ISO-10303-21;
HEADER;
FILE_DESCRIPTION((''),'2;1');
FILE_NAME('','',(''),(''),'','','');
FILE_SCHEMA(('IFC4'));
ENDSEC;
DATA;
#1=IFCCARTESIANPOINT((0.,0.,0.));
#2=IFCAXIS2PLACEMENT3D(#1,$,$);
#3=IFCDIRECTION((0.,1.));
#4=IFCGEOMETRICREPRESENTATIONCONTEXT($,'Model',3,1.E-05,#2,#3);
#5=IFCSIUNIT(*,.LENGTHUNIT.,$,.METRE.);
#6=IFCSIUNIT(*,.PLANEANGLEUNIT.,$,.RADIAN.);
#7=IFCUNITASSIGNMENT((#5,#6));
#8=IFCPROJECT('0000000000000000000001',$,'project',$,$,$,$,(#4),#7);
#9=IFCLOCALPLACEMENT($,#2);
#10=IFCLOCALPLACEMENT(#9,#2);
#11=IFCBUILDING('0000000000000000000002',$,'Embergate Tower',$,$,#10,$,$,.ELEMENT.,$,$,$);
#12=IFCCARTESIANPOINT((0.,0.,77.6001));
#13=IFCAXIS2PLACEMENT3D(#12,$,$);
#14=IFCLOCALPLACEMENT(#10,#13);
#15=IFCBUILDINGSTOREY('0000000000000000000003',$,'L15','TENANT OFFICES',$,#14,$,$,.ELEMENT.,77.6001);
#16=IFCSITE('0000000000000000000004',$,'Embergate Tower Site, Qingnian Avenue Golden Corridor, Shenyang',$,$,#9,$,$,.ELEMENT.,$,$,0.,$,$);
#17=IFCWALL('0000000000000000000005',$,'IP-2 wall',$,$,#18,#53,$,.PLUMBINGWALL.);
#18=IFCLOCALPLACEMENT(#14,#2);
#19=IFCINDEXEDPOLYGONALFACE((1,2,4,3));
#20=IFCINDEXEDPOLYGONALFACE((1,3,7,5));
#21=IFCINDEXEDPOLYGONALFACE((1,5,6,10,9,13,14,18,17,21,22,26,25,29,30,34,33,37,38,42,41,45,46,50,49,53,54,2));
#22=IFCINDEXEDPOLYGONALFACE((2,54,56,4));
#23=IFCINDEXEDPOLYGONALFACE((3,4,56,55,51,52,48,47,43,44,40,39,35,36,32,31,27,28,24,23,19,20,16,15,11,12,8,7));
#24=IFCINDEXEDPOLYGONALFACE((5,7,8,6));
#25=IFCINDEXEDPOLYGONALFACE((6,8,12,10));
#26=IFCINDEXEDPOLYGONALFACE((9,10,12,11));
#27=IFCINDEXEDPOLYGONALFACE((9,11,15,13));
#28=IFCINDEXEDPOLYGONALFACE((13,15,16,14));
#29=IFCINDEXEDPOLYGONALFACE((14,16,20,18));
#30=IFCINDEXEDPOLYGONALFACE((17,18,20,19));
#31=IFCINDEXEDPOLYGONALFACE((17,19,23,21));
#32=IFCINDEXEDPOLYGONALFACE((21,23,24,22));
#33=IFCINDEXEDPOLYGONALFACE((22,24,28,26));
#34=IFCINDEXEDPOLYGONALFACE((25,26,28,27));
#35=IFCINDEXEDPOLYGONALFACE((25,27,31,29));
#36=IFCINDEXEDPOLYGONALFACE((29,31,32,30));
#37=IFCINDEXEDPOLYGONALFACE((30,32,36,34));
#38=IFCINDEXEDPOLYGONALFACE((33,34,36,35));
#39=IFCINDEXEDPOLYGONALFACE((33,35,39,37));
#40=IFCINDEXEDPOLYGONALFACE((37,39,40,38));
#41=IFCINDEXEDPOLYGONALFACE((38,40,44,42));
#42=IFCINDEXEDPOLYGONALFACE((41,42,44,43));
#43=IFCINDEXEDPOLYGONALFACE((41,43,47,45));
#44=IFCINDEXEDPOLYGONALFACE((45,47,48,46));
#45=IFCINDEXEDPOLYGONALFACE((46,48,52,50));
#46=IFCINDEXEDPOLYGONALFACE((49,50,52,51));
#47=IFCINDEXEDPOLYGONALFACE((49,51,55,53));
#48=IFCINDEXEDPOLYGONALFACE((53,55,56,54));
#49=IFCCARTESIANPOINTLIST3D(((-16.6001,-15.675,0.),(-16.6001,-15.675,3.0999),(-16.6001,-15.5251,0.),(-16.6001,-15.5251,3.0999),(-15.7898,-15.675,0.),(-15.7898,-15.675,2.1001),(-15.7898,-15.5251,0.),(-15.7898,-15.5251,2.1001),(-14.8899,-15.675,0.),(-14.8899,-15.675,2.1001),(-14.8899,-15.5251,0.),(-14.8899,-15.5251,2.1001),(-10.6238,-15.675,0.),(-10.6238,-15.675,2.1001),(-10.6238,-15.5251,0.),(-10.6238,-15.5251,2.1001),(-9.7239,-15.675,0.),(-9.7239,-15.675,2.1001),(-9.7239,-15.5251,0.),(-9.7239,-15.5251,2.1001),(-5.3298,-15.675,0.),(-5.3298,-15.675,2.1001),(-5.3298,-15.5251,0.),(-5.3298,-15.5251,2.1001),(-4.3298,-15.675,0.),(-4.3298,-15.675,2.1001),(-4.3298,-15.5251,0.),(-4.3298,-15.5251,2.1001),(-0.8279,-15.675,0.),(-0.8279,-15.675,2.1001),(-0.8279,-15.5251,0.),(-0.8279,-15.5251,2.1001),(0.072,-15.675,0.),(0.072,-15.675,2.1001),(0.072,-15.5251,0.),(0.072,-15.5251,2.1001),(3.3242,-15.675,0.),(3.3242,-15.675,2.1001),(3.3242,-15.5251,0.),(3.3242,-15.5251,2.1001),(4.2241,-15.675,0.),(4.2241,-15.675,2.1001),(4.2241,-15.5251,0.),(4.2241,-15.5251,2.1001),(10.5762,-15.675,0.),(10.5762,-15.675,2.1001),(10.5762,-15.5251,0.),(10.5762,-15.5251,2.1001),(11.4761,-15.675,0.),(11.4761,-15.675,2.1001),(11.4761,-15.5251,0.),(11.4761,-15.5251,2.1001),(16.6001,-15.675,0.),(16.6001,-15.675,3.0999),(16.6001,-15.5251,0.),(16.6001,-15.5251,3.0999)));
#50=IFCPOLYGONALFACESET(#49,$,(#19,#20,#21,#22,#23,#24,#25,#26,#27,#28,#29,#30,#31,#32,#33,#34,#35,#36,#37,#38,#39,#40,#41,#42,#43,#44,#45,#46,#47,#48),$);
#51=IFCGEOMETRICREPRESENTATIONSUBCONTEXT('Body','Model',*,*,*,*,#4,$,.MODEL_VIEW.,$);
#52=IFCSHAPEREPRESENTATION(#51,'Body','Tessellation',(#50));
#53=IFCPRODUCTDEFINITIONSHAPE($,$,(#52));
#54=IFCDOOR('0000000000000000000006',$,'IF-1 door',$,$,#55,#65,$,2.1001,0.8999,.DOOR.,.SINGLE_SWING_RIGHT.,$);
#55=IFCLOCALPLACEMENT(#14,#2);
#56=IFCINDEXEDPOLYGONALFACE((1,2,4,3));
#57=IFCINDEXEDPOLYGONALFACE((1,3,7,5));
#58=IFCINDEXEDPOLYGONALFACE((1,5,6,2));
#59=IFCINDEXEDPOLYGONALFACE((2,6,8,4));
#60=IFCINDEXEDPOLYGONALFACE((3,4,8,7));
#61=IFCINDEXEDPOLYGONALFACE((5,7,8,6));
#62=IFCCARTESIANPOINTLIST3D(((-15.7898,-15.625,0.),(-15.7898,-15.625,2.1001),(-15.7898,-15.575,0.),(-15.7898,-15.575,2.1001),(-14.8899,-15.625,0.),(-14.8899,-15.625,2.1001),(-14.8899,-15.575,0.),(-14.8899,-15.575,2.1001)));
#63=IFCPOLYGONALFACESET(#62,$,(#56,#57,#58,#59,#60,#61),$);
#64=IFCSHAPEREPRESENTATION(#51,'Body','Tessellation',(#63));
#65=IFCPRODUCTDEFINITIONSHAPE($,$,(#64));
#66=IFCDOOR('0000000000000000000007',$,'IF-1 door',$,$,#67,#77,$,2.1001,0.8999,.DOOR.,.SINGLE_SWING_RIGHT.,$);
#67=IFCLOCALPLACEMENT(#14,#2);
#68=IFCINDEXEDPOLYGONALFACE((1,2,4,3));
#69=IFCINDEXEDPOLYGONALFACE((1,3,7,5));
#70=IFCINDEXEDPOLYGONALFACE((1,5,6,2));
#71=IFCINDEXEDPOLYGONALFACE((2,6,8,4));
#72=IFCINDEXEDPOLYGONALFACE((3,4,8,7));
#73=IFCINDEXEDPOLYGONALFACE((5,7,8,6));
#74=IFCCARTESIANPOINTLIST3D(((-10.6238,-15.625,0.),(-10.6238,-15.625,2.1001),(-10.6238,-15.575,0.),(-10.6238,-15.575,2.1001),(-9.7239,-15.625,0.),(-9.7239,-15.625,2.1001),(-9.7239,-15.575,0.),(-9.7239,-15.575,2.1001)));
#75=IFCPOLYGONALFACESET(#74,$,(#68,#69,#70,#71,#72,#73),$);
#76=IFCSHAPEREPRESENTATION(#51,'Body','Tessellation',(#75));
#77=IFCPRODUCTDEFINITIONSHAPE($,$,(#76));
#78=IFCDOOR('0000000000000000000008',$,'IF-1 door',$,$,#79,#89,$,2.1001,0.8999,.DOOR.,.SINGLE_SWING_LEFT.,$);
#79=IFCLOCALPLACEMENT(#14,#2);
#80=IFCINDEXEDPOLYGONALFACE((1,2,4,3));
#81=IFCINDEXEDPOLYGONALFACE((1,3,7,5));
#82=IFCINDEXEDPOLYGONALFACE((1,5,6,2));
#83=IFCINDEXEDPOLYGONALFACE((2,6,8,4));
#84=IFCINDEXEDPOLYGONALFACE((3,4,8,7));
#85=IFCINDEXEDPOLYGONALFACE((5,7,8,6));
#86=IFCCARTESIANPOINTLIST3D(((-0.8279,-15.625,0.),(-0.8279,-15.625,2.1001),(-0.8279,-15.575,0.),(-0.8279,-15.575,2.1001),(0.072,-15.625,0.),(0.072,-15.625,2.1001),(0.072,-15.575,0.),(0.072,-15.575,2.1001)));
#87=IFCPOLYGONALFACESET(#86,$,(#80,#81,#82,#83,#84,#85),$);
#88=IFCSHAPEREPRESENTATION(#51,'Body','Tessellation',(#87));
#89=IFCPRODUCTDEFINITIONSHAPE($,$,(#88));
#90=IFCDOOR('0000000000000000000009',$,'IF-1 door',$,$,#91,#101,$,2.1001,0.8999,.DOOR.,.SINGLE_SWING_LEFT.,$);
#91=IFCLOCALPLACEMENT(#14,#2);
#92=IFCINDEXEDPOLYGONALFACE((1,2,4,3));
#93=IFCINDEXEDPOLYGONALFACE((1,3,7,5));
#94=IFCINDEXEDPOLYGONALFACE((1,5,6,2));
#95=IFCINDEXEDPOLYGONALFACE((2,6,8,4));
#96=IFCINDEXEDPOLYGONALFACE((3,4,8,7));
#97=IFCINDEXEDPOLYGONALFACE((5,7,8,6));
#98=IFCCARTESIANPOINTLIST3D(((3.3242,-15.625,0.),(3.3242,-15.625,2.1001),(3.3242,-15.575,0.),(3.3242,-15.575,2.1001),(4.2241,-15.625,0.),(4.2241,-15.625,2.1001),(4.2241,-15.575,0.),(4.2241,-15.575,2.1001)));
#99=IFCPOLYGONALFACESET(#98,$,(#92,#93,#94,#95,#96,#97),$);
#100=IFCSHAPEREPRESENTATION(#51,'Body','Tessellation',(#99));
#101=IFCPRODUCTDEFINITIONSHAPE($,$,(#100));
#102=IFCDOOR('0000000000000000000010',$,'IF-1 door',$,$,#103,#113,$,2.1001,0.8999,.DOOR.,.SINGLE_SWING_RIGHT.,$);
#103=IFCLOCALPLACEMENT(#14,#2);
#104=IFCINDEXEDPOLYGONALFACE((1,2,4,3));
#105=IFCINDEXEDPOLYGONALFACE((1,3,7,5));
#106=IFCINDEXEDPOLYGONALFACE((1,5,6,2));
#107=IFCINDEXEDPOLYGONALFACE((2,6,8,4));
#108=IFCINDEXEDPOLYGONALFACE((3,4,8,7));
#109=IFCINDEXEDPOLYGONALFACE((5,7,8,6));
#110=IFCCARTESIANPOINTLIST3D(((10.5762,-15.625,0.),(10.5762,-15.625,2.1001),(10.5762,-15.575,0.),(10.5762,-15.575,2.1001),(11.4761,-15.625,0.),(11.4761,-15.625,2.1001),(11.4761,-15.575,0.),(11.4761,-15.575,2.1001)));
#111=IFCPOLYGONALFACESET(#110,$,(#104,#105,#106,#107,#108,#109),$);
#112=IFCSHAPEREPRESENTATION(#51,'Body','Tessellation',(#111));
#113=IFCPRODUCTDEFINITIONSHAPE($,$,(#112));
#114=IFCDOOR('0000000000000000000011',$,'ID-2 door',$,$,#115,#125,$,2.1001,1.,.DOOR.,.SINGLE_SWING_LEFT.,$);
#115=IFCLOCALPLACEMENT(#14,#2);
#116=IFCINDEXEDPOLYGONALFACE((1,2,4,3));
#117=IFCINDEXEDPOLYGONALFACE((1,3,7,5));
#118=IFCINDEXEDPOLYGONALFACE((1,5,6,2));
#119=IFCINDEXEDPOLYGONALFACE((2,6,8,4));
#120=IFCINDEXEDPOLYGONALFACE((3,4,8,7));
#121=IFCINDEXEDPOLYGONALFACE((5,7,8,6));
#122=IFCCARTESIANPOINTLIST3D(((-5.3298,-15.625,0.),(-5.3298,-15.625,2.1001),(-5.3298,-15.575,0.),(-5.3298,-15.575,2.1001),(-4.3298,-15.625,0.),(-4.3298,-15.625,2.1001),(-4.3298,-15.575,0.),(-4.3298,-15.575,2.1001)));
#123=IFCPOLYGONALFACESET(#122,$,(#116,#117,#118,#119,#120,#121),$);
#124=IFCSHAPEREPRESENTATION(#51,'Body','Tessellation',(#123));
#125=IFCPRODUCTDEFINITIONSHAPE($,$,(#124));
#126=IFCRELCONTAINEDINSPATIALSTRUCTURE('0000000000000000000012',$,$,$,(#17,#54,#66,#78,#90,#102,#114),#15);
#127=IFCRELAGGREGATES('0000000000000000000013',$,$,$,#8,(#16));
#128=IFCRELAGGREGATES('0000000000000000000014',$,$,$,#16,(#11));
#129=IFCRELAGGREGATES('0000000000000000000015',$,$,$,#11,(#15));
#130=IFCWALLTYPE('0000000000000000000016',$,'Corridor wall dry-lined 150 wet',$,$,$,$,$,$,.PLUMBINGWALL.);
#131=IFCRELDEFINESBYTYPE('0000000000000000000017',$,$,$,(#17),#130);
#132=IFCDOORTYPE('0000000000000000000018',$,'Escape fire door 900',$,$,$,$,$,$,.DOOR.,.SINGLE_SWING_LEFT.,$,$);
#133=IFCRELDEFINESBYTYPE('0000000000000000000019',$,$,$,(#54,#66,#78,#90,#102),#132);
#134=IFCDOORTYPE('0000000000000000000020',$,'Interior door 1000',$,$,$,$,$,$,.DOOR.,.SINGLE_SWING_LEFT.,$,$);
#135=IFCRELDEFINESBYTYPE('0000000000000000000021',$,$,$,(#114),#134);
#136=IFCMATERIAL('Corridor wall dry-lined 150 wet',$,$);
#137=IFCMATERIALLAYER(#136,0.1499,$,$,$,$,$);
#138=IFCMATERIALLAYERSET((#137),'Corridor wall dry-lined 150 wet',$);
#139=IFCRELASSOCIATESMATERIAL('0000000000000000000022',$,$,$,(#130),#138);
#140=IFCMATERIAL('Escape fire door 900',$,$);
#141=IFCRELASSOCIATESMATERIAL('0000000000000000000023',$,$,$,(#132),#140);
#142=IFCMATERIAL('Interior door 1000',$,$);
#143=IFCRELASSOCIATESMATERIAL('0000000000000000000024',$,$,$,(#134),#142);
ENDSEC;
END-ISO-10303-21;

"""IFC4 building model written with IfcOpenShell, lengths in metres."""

from ifc_helpers import new_model, si_unit, direction, frame, frame_2d, origin, place, context, subcontext, project, spatial, rectangle, extrude, source, transform, mapped, material, layer, layer_set, type_object, element, fill, save


model = new_model("IFC4")

# Units and contexts
model_context = context("Model", 3, precision=1e-05, world=origin(), true_north=direction((0.0, 1.0)))
body_context = subcontext(model_context, "Body", "Model", "MODEL_VIEW")
ifc_project = project(units=[si_unit("LENGTHUNIT", "METRE"), si_unit("PLANEANGLEUNIT", "RADIAN")], contexts=[model_context])

# Site, building, storey
site_placement = place(None, origin())
site = spatial("IfcSite", under=ifc_project, at=site_placement, Name="Embergate Tower Site, Qingnian Avenue Golden Corridor, Shenyang", CompositionType="ELEMENT", RefElevation=0.0)
building_placement = place(site_placement, origin())
building = spatial("IfcBuilding", under=site, at=building_placement, Name="Embergate Tower", CompositionType="ELEMENT")
storey_placement = place(building_placement, frame((0.0, 0.0, 77.6001)))
storey = spatial("IfcBuildingStorey", under=building, at=storey_placement, Name="L15", Description="TENANT OFFICES", CompositionType="ELEMENT", Elevation=77.6001)

# Wall, openings, doors
ifc_material_1 = material(Name="Corridor wall dry-lined 150 wet")
ifc_layer_1 = layer(ifc_material_1, 0.1499)
ifc_layer_set_1 = layer_set([ifc_layer_1], Name="Corridor wall dry-lined 150 wet")
wall_type_1 = type_object("IfcWallType", Name="Corridor wall dry-lined 150 wet", PredefinedType="PLUMBINGWALL", material=ifc_layer_set_1)
shared_shape_1 = source(origin(), body_context, "Body", "SweptSolid", [
    extrude(rectangle(XDim=33.2002, YDim=0.1499, at=frame_2d((16.6001, 0.0))), origin(), (0.0, 0.0, 1.0), 3.0999),
])
wall_1_placement = place(storey_placement, frame((16.6001, -15.6001, 0.0), z_axis=(0.0, 0.0, 1.0), x_axis=(-1.0, 0.0, 0.0)))
wall_1 = element("IfcWall", 1, at=wall_1_placement, inside=storey, type_object=wall_type_1, Name="IP-2 wall", PredefinedType="PLUMBINGWALL", context=body_context, shape_type="MappedRepresentation", body=[
    mapped(shared_shape_1, transform((0.0, 0.0, 0.0))),
])
shared_shape_2 = source(origin(), body_context, "Body", "SweptSolid", [
    extrude(rectangle(XDim=0.8999, YDim=2.1001, at=frame_2d((0.45, 1.05))), frame((0.0, 0.085, 0.0), z_axis=(0.0, -1.0, 0.0), x_axis=(1.0, 0.0, 0.0)), (0.0, 0.0, 1.0), 0.1699),
])
opening_1_placement = place(wall_1_placement, frame((31.49, 0.0, 0.0)))
opening_1 = element("IfcOpeningElement", 2, at=opening_1_placement, cuts=wall_1, PredefinedType="OPENING", context=body_context, shape_type="MappedRepresentation", body=[
    mapped(shared_shape_2, transform((0.0, 0.0, 0.0))),
])
opening_2_placement = place(wall_1_placement, frame((26.324, 0.0, 0.0)))
opening_2 = element("IfcOpeningElement", 3, at=opening_2_placement, cuts=wall_1, PredefinedType="OPENING", context=body_context, shape_type="MappedRepresentation", body=[
    mapped(shared_shape_2, transform((0.0, 0.0, 0.0))),
])
shared_shape_3 = source(origin(), body_context, "Body", "SweptSolid", [
    extrude(rectangle(XDim=1.0, YDim=2.1001, at=frame_2d((0.5, 1.05))), frame((0.0, 0.085, 0.0), z_axis=(0.0, -1.0, 0.0), x_axis=(1.0, 0.0, 0.0)), (0.0, 0.0, 1.0), 0.1699),
])
opening_3_placement = place(wall_1_placement, frame((20.9299, 0.0, 0.0)))
opening_3 = element("IfcOpeningElement", 4, at=opening_3_placement, cuts=wall_1, PredefinedType="OPENING", context=body_context, shape_type="MappedRepresentation", body=[
    mapped(shared_shape_3, transform((0.0, 0.0, 0.0))),
])
opening_4_placement = place(wall_1_placement, frame((16.5281, 0.0, 0.0)))
opening_4 = element("IfcOpeningElement", 5, at=opening_4_placement, cuts=wall_1, PredefinedType="OPENING", context=body_context, shape_type="MappedRepresentation", body=[
    mapped(shared_shape_2, transform((0.0, 0.0, 0.0))),
])
opening_5_placement = place(wall_1_placement, frame((12.376, 0.0, 0.0)))
opening_5 = element("IfcOpeningElement", 6, at=opening_5_placement, cuts=wall_1, PredefinedType="OPENING", context=body_context, shape_type="MappedRepresentation", body=[
    mapped(shared_shape_2, transform((0.0, 0.0, 0.0))),
])
opening_6_placement = place(wall_1_placement, frame((5.124, 0.0, 0.0)))
opening_6 = element("IfcOpeningElement", 7, at=opening_6_placement, cuts=wall_1, PredefinedType="OPENING", context=body_context, shape_type="MappedRepresentation", body=[
    mapped(shared_shape_2, transform((0.0, 0.0, 0.0))),
])
ifc_material_2 = material(Name="Escape fire door 900")
door_type_1 = type_object("IfcDoorType", Name="Escape fire door 900", OperationType="SINGLE_SWING_LEFT", PredefinedType="DOOR", material=ifc_material_2)
shared_shape_4 = source(origin(), body_context, "Body", "SweptSolid", [
    extrude(rectangle(XDim=0.8999, YDim=2.1001, at=frame_2d((0.45, 1.05))), frame((0.0, 0.0249, 0.0), z_axis=(0.0, -1.0, 0.0), x_axis=(1.0, 0.0, 0.0)), (0.0, 0.0, 1.0), 0.05),
])
door_1_placement = place(opening_1_placement, origin())
door_1 = element("IfcDoor", 8, at=door_1_placement, inside=storey, type_object=door_type_1, Name="IF-1 door", OperationType="SINGLE_SWING_RIGHT", OverallHeight=2.1001, OverallWidth=0.8999, PredefinedType="DOOR", context=body_context, shape_type="MappedRepresentation", body=[
    mapped(shared_shape_4, transform((0.0, 0.0, 0.0))),
])
fill(opening_1, door_1)
door_2_placement = place(opening_2_placement, origin())
door_2 = element("IfcDoor", 9, at=door_2_placement, inside=storey, type_object=door_type_1, Name="IF-1 door", OperationType="SINGLE_SWING_RIGHT", OverallHeight=2.1001, OverallWidth=0.8999, PredefinedType="DOOR", context=body_context, shape_type="MappedRepresentation", body=[
    mapped(shared_shape_4, transform((0.0, 0.0, 0.0))),
])
fill(opening_2, door_2)
door_3_placement = place(opening_4_placement, origin())
door_3 = element("IfcDoor", 10, at=door_3_placement, inside=storey, type_object=door_type_1, Name="IF-1 door", OperationType="SINGLE_SWING_LEFT", OverallHeight=2.1001, OverallWidth=0.8999, PredefinedType="DOOR", context=body_context, shape_type="MappedRepresentation", body=[
    mapped(shared_shape_4, transform((0.0, 0.0, 0.0))),
])
fill(opening_4, door_3)
door_4_placement = place(opening_5_placement, origin())
door_4 = element("IfcDoor", 11, at=door_4_placement, inside=storey, type_object=door_type_1, Name="IF-1 door", OperationType="SINGLE_SWING_LEFT", OverallHeight=2.1001, OverallWidth=0.8999, PredefinedType="DOOR", context=body_context, shape_type="MappedRepresentation", body=[
    mapped(shared_shape_4, transform((0.0, 0.0, 0.0))),
])
fill(opening_5, door_4)
door_5_placement = place(opening_6_placement, origin())
door_5 = element("IfcDoor", 12, at=door_5_placement, inside=storey, type_object=door_type_1, Name="IF-1 door", OperationType="SINGLE_SWING_RIGHT", OverallHeight=2.1001, OverallWidth=0.8999, PredefinedType="DOOR", context=body_context, shape_type="MappedRepresentation", body=[
    mapped(shared_shape_4, transform((0.0, 0.0, 0.0))),
])
fill(opening_6, door_5)
ifc_material_3 = material(Name="Interior door 1000")
door_type_2 = type_object("IfcDoorType", Name="Interior door 1000", OperationType="SINGLE_SWING_LEFT", PredefinedType="DOOR", material=ifc_material_3)
shared_shape_5 = source(origin(), body_context, "Body", "SweptSolid", [
    extrude(rectangle(XDim=1.0, YDim=2.1001, at=frame_2d((0.5, 1.05))), frame((0.0, 0.0249, 0.0), z_axis=(0.0, -1.0, 0.0), x_axis=(1.0, 0.0, 0.0)), (0.0, 0.0, 1.0), 0.05),
])
door_6_placement = place(opening_3_placement, origin())
door_6 = element("IfcDoor", 13, at=door_6_placement, inside=storey, type_object=door_type_2, Name="ID-2 door", OperationType="SINGLE_SWING_LEFT", OverallHeight=2.1001, OverallWidth=1.0, PredefinedType="DOOR", context=body_context, shape_type="MappedRepresentation", body=[
    mapped(shared_shape_5, transform((0.0, 0.0, 0.0))),
])
fill(opening_3, door_6)

save(model, "model.ifc")
